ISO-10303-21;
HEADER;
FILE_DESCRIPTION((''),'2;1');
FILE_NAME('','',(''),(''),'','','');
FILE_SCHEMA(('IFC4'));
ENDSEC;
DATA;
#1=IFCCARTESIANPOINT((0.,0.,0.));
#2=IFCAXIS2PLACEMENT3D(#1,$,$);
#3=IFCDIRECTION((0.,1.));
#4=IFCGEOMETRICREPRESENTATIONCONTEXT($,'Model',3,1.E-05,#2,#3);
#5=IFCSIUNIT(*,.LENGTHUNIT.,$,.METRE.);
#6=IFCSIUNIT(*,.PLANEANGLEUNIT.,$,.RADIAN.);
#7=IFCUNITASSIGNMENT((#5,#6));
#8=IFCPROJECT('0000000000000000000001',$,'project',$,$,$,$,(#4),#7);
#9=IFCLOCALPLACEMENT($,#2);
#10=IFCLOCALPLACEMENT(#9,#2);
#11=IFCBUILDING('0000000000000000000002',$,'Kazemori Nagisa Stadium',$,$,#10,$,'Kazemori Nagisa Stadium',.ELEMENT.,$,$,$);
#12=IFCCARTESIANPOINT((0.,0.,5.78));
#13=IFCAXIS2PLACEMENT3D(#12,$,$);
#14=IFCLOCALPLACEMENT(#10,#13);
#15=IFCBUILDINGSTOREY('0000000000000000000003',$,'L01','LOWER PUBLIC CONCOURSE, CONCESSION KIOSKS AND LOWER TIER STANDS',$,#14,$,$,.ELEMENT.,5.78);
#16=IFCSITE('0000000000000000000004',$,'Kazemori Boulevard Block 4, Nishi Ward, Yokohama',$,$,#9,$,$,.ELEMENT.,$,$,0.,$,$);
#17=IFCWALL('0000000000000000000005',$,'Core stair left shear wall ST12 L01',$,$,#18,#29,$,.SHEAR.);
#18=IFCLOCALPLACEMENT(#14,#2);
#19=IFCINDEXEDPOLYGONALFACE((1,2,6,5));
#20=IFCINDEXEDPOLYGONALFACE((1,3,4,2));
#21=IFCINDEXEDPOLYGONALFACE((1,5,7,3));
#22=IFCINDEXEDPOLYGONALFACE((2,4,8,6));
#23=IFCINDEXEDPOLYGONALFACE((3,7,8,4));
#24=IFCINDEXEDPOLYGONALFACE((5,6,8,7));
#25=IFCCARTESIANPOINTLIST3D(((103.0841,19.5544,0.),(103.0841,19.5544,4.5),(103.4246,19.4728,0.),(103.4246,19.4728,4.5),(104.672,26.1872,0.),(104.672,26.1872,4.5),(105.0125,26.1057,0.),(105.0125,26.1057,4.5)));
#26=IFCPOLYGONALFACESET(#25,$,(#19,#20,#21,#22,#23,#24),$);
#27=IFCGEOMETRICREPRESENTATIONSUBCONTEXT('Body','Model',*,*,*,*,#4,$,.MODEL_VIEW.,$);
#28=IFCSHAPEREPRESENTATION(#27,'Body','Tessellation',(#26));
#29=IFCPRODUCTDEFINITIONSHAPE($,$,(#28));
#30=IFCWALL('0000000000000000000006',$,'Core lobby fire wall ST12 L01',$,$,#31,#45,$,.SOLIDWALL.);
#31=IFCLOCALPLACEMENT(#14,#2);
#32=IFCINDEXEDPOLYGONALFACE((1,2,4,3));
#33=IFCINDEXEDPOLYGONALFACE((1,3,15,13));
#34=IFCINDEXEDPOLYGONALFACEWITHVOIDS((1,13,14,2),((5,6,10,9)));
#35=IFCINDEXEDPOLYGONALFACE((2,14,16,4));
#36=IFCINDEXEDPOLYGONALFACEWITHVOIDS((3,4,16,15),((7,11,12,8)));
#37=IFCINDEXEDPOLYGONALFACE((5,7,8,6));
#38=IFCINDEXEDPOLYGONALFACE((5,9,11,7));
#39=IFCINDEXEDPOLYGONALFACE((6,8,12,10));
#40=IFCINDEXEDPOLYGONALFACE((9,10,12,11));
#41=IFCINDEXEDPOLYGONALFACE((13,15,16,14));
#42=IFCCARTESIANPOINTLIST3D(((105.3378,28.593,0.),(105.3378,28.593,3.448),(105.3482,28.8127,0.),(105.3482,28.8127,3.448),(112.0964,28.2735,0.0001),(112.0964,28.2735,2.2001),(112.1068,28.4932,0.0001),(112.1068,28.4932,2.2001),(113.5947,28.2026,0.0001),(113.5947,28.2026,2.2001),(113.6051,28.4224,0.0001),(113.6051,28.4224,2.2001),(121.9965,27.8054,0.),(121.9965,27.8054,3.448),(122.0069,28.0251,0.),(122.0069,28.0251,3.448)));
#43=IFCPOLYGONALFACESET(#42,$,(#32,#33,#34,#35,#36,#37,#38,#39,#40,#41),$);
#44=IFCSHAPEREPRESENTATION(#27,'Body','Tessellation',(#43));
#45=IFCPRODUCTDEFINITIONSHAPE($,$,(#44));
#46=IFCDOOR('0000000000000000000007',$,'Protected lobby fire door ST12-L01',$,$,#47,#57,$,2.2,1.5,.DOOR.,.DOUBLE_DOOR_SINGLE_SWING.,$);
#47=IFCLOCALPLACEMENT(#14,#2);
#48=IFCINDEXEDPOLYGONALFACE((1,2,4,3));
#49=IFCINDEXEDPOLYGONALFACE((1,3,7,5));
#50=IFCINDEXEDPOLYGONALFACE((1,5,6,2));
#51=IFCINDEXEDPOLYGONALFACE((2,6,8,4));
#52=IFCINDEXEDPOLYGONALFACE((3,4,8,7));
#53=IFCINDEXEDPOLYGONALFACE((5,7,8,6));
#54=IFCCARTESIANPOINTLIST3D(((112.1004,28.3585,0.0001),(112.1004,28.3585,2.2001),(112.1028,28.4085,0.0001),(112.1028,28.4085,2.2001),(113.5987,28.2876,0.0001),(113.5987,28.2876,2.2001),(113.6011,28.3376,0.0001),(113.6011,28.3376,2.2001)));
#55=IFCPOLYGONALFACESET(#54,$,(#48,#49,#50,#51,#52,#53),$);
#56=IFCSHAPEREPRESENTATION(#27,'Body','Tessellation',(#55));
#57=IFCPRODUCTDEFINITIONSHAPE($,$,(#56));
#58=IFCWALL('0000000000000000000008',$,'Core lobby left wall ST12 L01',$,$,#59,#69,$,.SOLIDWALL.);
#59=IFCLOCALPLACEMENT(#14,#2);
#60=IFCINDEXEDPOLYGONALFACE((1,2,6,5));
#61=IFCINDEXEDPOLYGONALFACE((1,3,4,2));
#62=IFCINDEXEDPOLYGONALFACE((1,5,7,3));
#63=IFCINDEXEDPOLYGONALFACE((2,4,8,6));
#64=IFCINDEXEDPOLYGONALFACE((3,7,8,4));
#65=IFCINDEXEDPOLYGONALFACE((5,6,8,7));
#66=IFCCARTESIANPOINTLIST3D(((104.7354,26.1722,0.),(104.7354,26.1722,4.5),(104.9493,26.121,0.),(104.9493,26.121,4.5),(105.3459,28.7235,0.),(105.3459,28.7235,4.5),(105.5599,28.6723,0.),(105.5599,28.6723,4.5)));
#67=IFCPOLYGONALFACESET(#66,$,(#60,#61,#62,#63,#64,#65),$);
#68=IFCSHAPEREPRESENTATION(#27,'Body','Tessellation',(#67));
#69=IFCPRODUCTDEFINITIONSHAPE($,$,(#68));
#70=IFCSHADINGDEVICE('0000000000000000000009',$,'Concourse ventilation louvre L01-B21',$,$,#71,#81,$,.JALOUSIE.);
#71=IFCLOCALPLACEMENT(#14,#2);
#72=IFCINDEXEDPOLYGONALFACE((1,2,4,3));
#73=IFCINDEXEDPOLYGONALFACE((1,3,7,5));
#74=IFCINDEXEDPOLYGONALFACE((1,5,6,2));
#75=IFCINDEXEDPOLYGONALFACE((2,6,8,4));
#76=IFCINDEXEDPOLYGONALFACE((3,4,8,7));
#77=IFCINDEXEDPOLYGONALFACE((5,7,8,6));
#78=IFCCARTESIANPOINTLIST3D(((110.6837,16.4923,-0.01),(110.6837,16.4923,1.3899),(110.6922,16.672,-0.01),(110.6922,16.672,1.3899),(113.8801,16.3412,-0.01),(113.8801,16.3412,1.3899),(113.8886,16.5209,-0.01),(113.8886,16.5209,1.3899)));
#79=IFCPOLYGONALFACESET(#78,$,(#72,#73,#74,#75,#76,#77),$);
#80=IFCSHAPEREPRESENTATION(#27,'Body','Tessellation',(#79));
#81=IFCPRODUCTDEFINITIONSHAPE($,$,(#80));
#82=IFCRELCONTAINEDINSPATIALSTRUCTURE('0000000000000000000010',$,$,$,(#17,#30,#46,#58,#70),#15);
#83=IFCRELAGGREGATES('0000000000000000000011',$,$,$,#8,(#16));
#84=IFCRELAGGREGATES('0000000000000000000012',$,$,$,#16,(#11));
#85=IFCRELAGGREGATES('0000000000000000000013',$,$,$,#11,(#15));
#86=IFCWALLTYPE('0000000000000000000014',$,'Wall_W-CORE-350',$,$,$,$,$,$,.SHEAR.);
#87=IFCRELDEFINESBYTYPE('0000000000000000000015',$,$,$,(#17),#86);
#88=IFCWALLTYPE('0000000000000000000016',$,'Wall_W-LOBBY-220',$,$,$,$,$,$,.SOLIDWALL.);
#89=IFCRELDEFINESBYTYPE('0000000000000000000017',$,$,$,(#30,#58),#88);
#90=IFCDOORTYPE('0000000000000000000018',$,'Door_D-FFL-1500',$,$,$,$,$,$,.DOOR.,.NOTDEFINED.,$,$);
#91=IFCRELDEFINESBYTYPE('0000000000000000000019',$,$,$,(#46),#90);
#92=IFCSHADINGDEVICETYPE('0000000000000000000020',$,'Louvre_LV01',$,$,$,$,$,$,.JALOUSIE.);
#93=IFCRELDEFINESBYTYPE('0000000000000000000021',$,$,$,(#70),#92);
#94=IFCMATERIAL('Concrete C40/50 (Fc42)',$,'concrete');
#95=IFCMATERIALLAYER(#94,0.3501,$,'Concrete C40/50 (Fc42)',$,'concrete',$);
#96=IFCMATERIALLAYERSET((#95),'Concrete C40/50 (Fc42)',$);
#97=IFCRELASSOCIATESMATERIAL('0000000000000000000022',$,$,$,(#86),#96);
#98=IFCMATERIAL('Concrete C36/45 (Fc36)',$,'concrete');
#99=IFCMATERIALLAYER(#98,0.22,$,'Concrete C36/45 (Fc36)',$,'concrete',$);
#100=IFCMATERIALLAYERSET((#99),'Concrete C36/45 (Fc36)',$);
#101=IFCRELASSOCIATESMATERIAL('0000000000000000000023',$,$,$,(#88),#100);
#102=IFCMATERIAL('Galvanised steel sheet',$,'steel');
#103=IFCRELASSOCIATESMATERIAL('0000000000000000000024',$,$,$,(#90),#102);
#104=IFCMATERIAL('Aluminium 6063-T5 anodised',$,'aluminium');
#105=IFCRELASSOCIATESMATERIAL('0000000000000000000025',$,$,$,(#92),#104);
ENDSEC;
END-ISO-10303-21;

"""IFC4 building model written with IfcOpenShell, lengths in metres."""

from ifc_helpers import new_model, si_unit, direction, frame, frame_2d, origin, origin_2d, place, context, subcontext, project, spatial, rectangle, extrude, material, layer, layer_set, type_object, element, fill, save


model = new_model("IFC4")

# Units and contexts
model_context = context("Model", 3, precision=1e-05, world=origin(), true_north=direction((0.0, 1.0)))
body_context = subcontext(model_context, "Body", "Model", "MODEL_VIEW")
ifc_project = project(units=[si_unit("LENGTHUNIT", "METRE"), si_unit("PLANEANGLEUNIT", "RADIAN")], contexts=[model_context])

# Site, building, storey
site_placement = place(None, origin())
site = spatial("IfcSite", under=ifc_project, at=site_placement, Name="Kazemori Boulevard Block 4, Nishi Ward, Yokohama", CompositionType="ELEMENT", RefElevation=0.0)
building_placement = place(site_placement, origin())
building = spatial("IfcBuilding", under=site, at=building_placement, Name="Kazemori Nagisa Stadium", LongName="Kazemori Nagisa Stadium", CompositionType="ELEMENT")
storey_placement = place(building_placement, frame((0.0, 0.0, 5.78)))
storey = spatial("IfcBuildingStorey", under=building, at=storey_placement, Name="L01", Description="LOWER PUBLIC CONCOURSE, CONCESSION KIOSKS AND LOWER TIER STANDS", CompositionType="ELEMENT", Elevation=5.78)

# Shared definitions
ifc_material_1 = material(Name="Concrete C40/50 (Fc42)", Category="concrete")

# Shared definitions
ifc_material_2 = material(Name="Aluminium 6063-T5 anodised", Category="aluminium")

# Shared definitions
ifc_layer_1 = layer(ifc_material_1, 0.3501, Name="Concrete C40/50 (Fc42)", Category="concrete")
ifc_layer_set_1 = layer_set([ifc_layer_1], Name="Concrete C40/50 (Fc42)")
wall_type_1 = type_object("IfcWallType", Name="Wall_W-CORE-350", PredefinedType="SHEAR", material=ifc_layer_set_1)
ifc_material_3 = material(Name="Galvanised steel sheet", Category="steel")

# Wall
wall_1_placement = place(storey_placement, frame((104.8423, 26.1465, 0.0), z_axis=(0.0, 0.0, 1.0), x_axis=(-0.232821, -0.97252, 0.0)))
element("IfcWall", 1, at=wall_1_placement, inside=storey, type_object=wall_type_1, Name="Core stair left shear wall ST12 L01", PredefinedType="SHEAR", context=body_context, shape_type="SweptSolid", body=[
    extrude(rectangle(XDim=6.8203, YDim=0.3501, at=frame_2d((3.4102, 0.0))), origin(), (0.0, 0.0, 1.0), 4.5),
])

# Wall, opening, door
ifc_material_4 = material(Name="Concrete C36/45 (Fc36)", Category="concrete")
ifc_layer_2 = layer(ifc_material_4, 0.22, Name="Concrete C36/45 (Fc36)", Category="concrete")
ifc_layer_set_2 = layer_set([ifc_layer_2], Name="Concrete C36/45 (Fc36)")
wall_type_2 = type_object("IfcWallType", Name="Wall_W-LOBBY-220", PredefinedType="SOLIDWALL", material=ifc_layer_set_2)
wall_2_placement = place(storey_placement, frame((105.343, 28.7029, 0.0), z_axis=(0.0, 0.0, 1.0), x_axis=(0.998884, -0.047226, 0.0)))
wall_2 = element("IfcWall", 2, at=wall_2_placement, inside=storey, type_object=wall_type_2, Name="Core lobby fire wall ST12 L01", PredefinedType="SOLIDWALL", context=body_context, shape_type="SweptSolid", body=[
    extrude(rectangle(XDim=16.6772, YDim=0.22, at=frame_2d((8.3386, 0.0))), origin(), (0.0, 0.0, 1.0), 3.448),
])
opening_1_placement = place(wall_2_placement, frame((6.7661, 0.0, 0.0)))
opening_1 = element("IfcOpeningElement", 3, at=opening_1_placement, cuts=wall_2, PredefinedType="OPENING", context=body_context, shape_type="SweptSolid", body=[
    extrude(rectangle(XDim=1.5, YDim=2.2, at=frame_2d((0.75, 1.1001))), frame((0.0, 0.1199, 0.0), z_axis=(0.0, -1.0, 0.0), x_axis=(1.0, 0.0, 0.0)), (0.0, 0.0, 1.0), 0.24),
])
door_type_1 = type_object("IfcDoorType", Name="Door_D-FFL-1500", OperationType="NOTDEFINED", PredefinedType="DOOR", material=ifc_material_3)
door_1_placement = place(opening_1_placement, frame((1.5, 0.0, 0.0), z_axis=(0.0, 0.0, 1.0), x_axis=(-1.0, 0.0, 0.0)))
door_1 = element("IfcDoor", 4, at=door_1_placement, inside=storey, type_object=door_type_1, Name="Protected lobby fire door ST12-L01", OperationType="DOUBLE_DOOR_SINGLE_SWING", OverallHeight=2.2, OverallWidth=1.5, PredefinedType="DOOR", context=body_context, shape_type="SweptSolid", body=[
    extrude(rectangle(XDim=1.5, YDim=2.2, at=frame_2d((0.75, 1.1001))), frame((0.0, 0.0249, 0.0), z_axis=(0.0, -1.0, 0.0), x_axis=(1.0, 0.0, 0.0)), (0.0, 0.0, 1.0), 0.05),
])
fill(opening_1, door_1)

# Wall
wall_3_placement = place(storey_placement, frame((105.4529, 28.6978, 0.0), z_axis=(0.0, 0.0, 1.0), x_axis=(-0.232757, -0.972535, 0.0)))
element("IfcWall", 5, at=wall_3_placement, inside=storey, type_object=wall_type_2, Name="Core lobby left wall ST12 L01", PredefinedType="SOLIDWALL", context=body_context, shape_type="SweptSolid", body=[
    extrude(rectangle(XDim=2.6233, YDim=0.22, at=frame_2d((1.3115, 0.0))), origin(), (0.0, 0.0, 1.0), 4.5),
])

# Shading device
shading_device_type = type_object("IfcShadingDeviceType", Name="Louvre_LV01", PredefinedType="JALOUSIE", material=ifc_material_2)
shading_device_placement = place(storey_placement, frame((112.2861, 16.5066, -0.01), z_axis=(0.0, 0.0, 1.0), x_axis=(0.998884, -0.04723, 0.0)))
element("IfcShadingDevice", 6, at=shading_device_placement, inside=storey, type_object=shading_device_type, Name="Concourse ventilation louvre L01-B21", PredefinedType="JALOUSIE", context=body_context, shape_type="SweptSolid", body=[
    extrude(rectangle(XDim=3.2, YDim=0.1799, at=origin_2d()), origin(), (0.0, 0.0, 1.0), 1.3999),
])

save(model, "model.ifc")
